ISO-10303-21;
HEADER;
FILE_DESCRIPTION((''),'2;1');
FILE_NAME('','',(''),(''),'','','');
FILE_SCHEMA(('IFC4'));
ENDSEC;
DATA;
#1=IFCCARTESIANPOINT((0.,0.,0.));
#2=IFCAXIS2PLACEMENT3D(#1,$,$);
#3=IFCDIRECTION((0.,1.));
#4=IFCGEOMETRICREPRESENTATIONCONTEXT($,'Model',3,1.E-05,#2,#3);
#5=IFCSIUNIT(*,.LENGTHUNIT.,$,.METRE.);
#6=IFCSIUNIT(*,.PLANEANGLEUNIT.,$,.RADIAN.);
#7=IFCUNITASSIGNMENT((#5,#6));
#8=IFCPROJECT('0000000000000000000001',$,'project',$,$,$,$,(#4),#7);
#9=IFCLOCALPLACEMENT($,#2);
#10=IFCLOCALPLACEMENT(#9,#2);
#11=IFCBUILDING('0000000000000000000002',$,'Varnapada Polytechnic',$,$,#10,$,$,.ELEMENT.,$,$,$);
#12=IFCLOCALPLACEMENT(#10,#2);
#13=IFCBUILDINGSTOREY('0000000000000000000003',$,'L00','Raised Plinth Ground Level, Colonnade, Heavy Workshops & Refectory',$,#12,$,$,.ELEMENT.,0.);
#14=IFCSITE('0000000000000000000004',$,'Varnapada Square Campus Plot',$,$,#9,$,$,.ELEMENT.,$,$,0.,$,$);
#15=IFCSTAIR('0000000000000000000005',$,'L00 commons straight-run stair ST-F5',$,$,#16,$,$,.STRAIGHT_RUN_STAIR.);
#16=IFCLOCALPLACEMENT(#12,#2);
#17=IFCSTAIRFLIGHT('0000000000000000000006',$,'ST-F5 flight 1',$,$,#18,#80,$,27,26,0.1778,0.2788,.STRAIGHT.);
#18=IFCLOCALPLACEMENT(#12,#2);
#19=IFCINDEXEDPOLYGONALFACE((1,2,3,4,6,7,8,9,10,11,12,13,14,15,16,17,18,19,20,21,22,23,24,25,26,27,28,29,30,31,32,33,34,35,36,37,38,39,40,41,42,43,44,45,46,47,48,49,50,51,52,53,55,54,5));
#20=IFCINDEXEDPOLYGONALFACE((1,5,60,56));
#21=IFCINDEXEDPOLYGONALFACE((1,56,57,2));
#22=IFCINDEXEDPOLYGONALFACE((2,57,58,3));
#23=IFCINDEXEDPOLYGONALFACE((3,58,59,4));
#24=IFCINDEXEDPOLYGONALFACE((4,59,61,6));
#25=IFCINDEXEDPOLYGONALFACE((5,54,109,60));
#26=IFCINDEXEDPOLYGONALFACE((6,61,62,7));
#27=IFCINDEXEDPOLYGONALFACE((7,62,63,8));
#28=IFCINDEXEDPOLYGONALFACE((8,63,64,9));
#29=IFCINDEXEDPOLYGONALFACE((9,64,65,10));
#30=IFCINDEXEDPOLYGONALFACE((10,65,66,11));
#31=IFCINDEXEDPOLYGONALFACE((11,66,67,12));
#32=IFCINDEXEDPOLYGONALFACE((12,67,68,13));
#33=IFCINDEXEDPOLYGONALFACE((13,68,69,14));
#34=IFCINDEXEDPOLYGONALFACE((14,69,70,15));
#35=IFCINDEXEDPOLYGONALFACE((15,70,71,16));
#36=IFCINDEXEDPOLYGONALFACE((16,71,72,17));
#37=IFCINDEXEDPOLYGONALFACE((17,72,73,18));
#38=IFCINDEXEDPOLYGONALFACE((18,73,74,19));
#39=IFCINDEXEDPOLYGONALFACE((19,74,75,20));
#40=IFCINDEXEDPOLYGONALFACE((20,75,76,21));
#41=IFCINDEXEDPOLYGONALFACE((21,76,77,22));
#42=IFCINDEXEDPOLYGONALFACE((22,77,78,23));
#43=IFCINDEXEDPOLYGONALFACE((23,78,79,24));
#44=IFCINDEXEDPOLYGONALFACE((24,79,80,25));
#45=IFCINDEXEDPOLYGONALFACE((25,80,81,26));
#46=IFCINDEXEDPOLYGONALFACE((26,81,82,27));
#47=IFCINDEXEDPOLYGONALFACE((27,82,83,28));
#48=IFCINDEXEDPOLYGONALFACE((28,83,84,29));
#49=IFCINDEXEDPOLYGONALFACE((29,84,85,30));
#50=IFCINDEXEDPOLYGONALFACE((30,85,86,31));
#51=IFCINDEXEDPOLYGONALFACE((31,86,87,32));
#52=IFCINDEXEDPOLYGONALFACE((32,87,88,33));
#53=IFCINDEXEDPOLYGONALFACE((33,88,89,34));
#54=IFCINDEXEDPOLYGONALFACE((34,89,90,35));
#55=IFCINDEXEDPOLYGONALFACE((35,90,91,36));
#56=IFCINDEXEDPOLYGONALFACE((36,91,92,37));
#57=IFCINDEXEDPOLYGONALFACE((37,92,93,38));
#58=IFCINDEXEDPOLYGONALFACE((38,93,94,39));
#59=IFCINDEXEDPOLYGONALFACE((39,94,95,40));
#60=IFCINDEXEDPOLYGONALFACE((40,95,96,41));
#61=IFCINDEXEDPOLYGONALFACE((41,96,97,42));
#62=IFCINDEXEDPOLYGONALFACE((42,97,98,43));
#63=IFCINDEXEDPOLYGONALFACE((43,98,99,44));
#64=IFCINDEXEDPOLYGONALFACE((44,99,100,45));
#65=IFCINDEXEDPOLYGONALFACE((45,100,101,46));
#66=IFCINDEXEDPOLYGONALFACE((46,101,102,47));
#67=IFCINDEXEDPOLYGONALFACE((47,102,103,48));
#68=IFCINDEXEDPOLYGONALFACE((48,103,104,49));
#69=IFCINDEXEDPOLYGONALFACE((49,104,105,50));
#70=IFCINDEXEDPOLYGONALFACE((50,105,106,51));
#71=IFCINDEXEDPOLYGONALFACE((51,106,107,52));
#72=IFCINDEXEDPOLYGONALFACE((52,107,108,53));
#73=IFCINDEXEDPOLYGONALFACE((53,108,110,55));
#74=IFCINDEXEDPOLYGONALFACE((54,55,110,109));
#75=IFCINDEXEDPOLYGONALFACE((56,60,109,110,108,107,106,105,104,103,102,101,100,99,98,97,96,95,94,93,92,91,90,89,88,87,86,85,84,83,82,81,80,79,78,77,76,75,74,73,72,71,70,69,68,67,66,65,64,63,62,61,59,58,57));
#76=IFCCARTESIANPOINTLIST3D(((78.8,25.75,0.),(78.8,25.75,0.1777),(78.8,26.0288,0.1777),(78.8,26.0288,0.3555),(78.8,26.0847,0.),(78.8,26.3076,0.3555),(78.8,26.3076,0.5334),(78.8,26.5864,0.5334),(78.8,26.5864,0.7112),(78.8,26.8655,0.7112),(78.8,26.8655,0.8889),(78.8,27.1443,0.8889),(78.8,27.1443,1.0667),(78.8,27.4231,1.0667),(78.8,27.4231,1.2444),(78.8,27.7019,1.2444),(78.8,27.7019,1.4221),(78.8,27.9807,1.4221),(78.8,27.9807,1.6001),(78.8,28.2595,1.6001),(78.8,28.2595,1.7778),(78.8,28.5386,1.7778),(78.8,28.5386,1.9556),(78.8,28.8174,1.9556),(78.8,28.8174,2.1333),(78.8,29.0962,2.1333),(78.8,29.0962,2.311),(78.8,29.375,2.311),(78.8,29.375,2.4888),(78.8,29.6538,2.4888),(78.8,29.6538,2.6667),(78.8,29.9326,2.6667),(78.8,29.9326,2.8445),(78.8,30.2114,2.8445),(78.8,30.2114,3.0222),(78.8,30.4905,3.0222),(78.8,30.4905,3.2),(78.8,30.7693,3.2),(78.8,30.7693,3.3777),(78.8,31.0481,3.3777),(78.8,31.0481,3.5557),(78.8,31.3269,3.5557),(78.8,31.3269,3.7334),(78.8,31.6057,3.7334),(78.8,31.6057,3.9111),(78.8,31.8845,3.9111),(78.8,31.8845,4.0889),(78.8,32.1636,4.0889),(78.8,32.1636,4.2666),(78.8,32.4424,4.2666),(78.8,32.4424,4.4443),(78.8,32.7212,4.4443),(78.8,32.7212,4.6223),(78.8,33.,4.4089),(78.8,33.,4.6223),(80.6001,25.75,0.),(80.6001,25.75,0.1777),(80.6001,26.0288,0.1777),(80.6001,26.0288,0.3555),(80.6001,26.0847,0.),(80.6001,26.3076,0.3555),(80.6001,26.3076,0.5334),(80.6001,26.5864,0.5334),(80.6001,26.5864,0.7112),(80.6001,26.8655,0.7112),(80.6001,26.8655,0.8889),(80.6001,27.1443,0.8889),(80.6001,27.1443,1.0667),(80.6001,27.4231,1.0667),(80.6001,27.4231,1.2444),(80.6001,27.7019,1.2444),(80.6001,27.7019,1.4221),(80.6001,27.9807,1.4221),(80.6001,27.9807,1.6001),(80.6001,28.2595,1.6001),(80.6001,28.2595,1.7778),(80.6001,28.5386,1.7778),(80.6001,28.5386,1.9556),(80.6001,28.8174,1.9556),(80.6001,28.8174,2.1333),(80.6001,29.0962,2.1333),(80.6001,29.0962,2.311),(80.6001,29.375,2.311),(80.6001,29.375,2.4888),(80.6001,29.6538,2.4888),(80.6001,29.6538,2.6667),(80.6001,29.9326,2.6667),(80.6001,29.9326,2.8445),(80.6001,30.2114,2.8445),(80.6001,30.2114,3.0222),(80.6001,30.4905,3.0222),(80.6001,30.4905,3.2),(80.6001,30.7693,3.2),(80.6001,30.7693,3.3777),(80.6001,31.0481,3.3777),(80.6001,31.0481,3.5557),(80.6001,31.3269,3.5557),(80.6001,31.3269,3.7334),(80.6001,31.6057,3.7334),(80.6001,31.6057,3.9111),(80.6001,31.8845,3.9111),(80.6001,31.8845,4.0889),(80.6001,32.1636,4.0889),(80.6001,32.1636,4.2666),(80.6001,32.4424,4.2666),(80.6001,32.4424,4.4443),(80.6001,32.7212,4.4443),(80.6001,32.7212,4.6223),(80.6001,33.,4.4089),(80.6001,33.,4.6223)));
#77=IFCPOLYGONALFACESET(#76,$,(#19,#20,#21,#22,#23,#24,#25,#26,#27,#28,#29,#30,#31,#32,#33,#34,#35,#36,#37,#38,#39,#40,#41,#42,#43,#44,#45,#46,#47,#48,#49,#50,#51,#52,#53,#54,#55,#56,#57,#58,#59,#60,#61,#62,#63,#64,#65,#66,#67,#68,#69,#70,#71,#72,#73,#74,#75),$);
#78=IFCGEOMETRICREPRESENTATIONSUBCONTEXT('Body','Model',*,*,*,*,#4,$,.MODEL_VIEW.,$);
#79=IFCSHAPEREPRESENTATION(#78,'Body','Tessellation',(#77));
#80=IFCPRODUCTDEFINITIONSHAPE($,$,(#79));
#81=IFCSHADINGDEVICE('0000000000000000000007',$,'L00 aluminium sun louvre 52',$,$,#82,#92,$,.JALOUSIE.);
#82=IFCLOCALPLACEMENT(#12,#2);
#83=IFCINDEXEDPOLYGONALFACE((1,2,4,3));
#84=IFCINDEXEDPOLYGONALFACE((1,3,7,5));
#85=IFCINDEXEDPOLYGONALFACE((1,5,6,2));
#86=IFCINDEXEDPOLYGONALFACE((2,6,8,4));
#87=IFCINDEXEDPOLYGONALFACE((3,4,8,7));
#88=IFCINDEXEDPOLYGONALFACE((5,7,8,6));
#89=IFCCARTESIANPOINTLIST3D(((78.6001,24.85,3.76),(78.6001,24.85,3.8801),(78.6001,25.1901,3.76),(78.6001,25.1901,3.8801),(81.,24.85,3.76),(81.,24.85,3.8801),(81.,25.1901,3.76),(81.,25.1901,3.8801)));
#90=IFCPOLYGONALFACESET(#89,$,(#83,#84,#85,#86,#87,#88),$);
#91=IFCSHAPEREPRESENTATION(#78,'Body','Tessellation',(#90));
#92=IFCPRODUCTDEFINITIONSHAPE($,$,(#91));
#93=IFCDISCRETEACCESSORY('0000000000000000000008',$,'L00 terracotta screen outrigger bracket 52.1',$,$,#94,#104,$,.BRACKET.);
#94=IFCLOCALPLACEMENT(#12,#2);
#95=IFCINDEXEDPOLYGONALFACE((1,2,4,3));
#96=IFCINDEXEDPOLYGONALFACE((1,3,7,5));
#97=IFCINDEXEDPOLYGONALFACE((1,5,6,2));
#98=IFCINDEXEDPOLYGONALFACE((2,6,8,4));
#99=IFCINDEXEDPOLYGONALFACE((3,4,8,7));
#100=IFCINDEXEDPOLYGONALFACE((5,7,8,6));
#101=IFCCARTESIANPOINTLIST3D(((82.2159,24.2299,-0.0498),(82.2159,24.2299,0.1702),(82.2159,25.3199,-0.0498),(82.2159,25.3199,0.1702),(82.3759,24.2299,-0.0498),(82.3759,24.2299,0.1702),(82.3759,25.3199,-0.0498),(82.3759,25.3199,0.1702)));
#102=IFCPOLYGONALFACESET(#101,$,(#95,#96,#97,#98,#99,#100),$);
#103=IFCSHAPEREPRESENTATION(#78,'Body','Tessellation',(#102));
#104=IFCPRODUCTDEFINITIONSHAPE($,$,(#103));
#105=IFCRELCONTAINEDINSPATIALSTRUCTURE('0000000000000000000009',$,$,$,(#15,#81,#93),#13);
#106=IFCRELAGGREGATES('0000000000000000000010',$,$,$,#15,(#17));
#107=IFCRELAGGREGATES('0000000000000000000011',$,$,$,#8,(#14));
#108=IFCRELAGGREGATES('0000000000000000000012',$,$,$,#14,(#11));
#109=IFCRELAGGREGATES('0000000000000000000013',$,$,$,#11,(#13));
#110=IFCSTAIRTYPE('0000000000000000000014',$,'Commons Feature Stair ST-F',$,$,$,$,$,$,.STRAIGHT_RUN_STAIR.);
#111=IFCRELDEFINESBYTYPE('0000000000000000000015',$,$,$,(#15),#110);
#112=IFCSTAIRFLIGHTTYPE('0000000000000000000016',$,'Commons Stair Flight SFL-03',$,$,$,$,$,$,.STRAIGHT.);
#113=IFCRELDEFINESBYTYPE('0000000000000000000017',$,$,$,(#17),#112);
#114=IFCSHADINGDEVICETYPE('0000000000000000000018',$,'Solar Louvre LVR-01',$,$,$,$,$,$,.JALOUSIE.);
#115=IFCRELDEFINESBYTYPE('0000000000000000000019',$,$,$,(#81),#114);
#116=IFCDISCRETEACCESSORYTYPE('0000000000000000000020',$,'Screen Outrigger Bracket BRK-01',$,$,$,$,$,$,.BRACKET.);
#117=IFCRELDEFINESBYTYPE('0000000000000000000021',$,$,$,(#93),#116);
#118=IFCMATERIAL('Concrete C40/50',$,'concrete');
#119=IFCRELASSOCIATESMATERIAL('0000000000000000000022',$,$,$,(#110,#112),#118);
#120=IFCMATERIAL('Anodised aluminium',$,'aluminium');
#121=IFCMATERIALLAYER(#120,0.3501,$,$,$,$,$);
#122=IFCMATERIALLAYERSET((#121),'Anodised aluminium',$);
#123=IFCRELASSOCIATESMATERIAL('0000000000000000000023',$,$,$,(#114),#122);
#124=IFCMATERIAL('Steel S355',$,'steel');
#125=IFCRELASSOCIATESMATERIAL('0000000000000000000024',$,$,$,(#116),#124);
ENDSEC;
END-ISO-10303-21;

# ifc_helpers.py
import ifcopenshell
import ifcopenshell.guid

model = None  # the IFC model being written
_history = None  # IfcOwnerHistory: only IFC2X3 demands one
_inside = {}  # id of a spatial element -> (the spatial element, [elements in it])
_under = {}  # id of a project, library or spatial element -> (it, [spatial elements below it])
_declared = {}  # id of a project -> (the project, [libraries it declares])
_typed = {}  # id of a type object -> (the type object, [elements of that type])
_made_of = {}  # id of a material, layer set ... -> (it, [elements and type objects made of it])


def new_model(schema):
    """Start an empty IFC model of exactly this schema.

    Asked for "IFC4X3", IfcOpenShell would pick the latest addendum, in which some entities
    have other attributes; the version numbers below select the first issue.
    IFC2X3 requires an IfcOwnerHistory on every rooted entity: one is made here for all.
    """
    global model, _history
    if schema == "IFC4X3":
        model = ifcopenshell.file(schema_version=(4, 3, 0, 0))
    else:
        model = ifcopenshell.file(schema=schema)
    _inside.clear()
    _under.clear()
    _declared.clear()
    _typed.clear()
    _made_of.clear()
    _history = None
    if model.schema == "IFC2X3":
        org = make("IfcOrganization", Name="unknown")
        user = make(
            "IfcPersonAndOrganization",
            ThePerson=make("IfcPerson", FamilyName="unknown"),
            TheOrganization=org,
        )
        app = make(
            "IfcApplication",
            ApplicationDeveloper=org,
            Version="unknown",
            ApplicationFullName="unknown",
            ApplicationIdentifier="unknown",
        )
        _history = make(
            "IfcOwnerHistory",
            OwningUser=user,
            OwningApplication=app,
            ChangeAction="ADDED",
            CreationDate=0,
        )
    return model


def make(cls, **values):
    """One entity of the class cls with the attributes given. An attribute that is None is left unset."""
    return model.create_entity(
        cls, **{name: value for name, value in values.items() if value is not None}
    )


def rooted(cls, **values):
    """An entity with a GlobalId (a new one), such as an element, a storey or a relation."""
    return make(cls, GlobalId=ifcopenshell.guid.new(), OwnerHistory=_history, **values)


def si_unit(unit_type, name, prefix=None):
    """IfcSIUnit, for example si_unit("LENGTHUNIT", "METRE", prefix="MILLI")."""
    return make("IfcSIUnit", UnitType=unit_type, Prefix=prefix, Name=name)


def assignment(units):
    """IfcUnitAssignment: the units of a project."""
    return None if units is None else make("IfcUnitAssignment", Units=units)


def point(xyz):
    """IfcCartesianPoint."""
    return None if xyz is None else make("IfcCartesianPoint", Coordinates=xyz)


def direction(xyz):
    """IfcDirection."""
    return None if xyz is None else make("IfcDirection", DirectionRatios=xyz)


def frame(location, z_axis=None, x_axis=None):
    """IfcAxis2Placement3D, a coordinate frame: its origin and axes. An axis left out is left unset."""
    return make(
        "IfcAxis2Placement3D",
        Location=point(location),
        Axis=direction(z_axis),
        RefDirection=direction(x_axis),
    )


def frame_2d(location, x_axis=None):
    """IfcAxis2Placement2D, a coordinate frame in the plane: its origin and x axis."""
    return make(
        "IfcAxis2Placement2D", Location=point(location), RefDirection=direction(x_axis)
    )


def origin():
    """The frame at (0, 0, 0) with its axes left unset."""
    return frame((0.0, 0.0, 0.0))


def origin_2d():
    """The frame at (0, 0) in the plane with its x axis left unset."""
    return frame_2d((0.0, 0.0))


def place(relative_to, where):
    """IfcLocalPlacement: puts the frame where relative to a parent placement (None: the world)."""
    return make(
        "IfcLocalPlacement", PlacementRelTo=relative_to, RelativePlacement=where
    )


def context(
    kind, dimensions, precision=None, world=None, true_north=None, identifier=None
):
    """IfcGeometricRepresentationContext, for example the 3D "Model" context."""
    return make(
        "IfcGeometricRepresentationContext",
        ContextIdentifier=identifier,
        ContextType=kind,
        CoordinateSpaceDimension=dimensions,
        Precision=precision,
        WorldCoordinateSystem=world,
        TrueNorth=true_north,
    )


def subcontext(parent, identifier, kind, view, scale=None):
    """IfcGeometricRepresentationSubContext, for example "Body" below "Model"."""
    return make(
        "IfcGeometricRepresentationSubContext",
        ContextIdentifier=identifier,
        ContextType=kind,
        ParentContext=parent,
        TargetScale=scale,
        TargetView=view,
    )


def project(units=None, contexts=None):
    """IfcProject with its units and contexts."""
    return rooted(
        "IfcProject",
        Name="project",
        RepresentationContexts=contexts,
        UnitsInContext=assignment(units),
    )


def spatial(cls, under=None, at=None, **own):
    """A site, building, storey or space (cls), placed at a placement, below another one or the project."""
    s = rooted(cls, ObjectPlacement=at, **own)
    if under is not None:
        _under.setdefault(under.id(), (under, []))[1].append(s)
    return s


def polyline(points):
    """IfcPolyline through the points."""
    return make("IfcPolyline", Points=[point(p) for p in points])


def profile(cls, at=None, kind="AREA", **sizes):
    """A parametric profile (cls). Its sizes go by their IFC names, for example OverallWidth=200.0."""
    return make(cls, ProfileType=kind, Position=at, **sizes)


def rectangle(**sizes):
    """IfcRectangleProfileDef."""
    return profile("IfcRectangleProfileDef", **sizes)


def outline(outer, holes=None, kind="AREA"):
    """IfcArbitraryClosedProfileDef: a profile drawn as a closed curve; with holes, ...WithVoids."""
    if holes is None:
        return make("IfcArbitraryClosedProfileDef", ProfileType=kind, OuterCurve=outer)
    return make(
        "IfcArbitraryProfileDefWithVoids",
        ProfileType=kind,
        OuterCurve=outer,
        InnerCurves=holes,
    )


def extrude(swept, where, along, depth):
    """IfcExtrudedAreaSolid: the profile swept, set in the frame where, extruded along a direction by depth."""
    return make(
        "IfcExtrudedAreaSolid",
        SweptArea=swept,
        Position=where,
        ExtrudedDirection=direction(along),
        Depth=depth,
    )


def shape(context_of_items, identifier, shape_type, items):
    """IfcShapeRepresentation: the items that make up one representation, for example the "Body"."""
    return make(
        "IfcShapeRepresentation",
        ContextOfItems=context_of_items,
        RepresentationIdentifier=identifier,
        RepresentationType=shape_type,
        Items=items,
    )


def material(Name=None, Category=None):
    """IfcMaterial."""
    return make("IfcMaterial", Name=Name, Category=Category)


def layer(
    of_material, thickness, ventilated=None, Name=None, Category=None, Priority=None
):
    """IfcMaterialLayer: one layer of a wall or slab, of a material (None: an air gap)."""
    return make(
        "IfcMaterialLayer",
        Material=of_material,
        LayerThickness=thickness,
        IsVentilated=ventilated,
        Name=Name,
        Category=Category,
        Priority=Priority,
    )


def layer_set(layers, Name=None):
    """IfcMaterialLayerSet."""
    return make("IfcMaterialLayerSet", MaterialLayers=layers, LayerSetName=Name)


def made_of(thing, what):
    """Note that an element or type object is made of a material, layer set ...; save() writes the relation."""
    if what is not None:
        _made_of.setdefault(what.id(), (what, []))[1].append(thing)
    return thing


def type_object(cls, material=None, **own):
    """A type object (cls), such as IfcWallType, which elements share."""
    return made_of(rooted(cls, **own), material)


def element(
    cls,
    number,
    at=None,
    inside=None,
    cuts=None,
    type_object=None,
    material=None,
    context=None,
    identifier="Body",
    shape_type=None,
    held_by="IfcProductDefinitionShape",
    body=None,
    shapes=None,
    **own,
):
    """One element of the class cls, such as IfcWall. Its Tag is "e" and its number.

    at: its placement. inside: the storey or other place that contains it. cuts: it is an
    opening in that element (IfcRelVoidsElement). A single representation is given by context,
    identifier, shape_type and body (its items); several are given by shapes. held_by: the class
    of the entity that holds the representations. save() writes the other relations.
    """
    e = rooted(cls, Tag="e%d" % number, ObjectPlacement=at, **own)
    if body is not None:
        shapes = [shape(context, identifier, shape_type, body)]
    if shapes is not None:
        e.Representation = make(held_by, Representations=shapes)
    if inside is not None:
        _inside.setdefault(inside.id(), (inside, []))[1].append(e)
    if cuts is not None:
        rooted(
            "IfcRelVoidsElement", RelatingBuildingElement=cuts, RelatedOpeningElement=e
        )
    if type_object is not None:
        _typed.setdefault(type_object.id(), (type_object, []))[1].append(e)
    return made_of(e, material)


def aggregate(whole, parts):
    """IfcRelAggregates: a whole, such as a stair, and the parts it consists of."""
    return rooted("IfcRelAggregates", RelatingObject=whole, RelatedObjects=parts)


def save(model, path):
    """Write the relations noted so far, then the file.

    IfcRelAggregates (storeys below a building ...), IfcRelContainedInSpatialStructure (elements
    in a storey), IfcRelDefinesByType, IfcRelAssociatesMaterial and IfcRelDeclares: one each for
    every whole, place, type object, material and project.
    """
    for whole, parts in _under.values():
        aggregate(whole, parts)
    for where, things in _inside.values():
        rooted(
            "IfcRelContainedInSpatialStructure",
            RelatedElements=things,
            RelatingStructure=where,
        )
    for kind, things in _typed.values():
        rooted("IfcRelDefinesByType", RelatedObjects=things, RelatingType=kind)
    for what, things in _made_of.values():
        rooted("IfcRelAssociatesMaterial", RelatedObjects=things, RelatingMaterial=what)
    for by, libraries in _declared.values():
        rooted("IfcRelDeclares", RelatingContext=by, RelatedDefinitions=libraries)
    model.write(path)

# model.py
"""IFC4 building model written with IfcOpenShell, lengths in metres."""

from ifc_helpers import new_model, si_unit, direction, frame, origin, origin_2d, place, context, subcontext, project, spatial, polyline, rectangle, outline, extrude, material, layer, layer_set, type_object, element, aggregate, save


model = new_model("IFC4")

# Units and contexts
model_context = context("Model", 3, precision=1e-05, world=origin(), true_north=direction((0.0, 1.0)))
body_context = subcontext(model_context, "Body", "Model", "MODEL_VIEW")
ifc_project = project(units=[si_unit("LENGTHUNIT", "METRE"), si_unit("PLANEANGLEUNIT", "RADIAN")], contexts=[model_context])

# Site, building, storey
site_placement = place(None, origin())
site = spatial("IfcSite", under=ifc_project, at=site_placement, Name="Varnapada Square Campus Plot", CompositionType="ELEMENT", RefElevation=0.0)
building_placement = place(site_placement, origin())
building = spatial("IfcBuilding", under=site, at=building_placement, Name="Varnapada Polytechnic", CompositionType="ELEMENT")
storey_placement = place(building_placement, origin())
storey = spatial("IfcBuildingStorey", under=building, at=storey_placement, Name="L00", Description="Raised Plinth Ground Level, Colonnade, Heavy Workshops & Refectory", CompositionType="ELEMENT", Elevation=0.0)

# Shared definitions
ifc_material_1 = material(Name="Concrete C40/50", Category="concrete")

# Stair, stair flight
stair_type = type_object("IfcStairType", Name="Commons Feature Stair ST-F", PredefinedType="STRAIGHT_RUN_STAIR", material=ifc_material_1)
stair_placement = place(storey_placement, origin())
stair = element("IfcStair", 1, at=stair_placement, inside=storey, type_object=stair_type, Name="L00 commons straight-run stair ST-F5", PredefinedType="STRAIGHT_RUN_STAIR")
stair_flight_type = type_object("IfcStairFlightType", Name="Commons Stair Flight SFL-03", PredefinedType="STRAIGHT", material=ifc_material_1)
stair_flight_placement = place(storey_placement, frame((79.7, 25.75, 0.0), z_axis=(0.0, 0.0, 1.0), x_axis=(0.0, 1.0, 0.0)))
stair_flight = element("IfcStairFlight", 2, at=stair_flight_placement, type_object=stair_flight_type, Name="ST-F5 flight 1", NumberOfRisers=27, NumberOfTreads=26, PredefinedType="STRAIGHT", RiserHeight=0.1778, TreadLength=0.2788, context=body_context, shape_type="SweptSolid", body=[
    extrude(outline(polyline([(0.0, 0.0), (0.0, 0.1777), (0.2788, 0.1777), (0.2788, 0.3555), (0.5576, 0.3555), (0.5576, 0.5334), (0.8364, 0.5334), (0.8364, 0.7112), (1.1155, 0.7112), (1.1155, 0.8889), (1.3943, 0.8889), (1.3943, 1.0667), (1.6731, 1.0667), (1.6731, 1.2444), (1.9519, 1.2444), (1.9519, 1.4221), (2.2307, 1.4221), (2.2307, 1.6001), (2.5095, 1.6001), (2.5095, 1.7778), (2.7886, 1.7778), (2.7886, 1.9556), (3.0674, 1.9556), (3.0674, 2.1333), (3.3462, 2.1333), (3.3462, 2.311), (3.625, 2.311), (3.625, 2.4888), (3.9038, 2.4888), (3.9038, 2.6667), (4.1826, 2.6667), (4.1826, 2.8445), (4.4614, 2.8445), (4.4614, 3.0222), (4.7405, 3.0222), (4.7405, 3.2), (5.0193, 3.2), (5.0193, 3.3777), (5.2981, 3.3777), (5.2981, 3.5557), (5.5769, 3.5557), (5.5769, 3.7334), (5.8557, 3.7334), (5.8557, 3.9111), (6.1345, 3.9111), (6.1345, 4.0889), (6.4136, 4.0889), (6.4136, 4.2666), (6.6924, 4.2666), (6.6924, 4.4443), (6.9712, 4.4443), (6.9712, 4.6223), (7.25, 4.6223), (7.25, 4.8), (7.25, 4.4089), (0.3347, 0.0), (0.0, 0.0)])), frame((0.0, 0.8999, 0.0), z_axis=(0.0, -1.0, 0.0), x_axis=(1.0, 0.0, 0.0)), (0.0, 0.0, 1.0), 1.8),
])
aggregate(stair, [stair_flight])

# Shading device
ifc_material_2 = material(Name="Anodised aluminium", Category="aluminium")
ifc_layer_1 = layer(ifc_material_2, 0.3501)
ifc_layer_set_1 = layer_set([ifc_layer_1], Name="Anodised aluminium")
shading_device_type = type_object("IfcShadingDeviceType", Name="Solar Louvre LVR-01", PredefinedType="JALOUSIE", material=ifc_layer_set_1)
shading_device_placement = place(storey_placement, frame((79.8, 25.02, 3.76), z_axis=(0.0, 0.0, 1.0), x_axis=(-1.0, 0.0, 0.0)))
element("IfcShadingDevice", 3, at=shading_device_placement, inside=storey, type_object=shading_device_type, Name="L00 aluminium sun louvre 52", PredefinedType="JALOUSIE", context=body_context, shape_type="SweptSolid", body=[
    extrude(rectangle(XDim=2.3999, YDim=0.3401, at=origin_2d()), origin(), (0.0, 0.0, 1.0), 0.1201),
])

# Discrete accessory
ifc_material_3 = material(Name="Steel S355", Category="steel")
discrete_accessory_type = type_object("IfcDiscreteAccessoryType", Name="Screen Outrigger Bracket BRK-01", PredefinedType="BRACKET", material=ifc_material_3)
discrete_accessory_placement = place(storey_placement, frame((82.2959, 24.7749, -0.0498), z_axis=(0.0, 0.0, 1.0), x_axis=(-1.0, 0.0, 0.0)))
element("IfcDiscreteAccessory", 4, at=discrete_accessory_placement, inside=storey, type_object=discrete_accessory_type, Name="L00 terracotta screen outrigger bracket 52.1", PredefinedType="BRACKET", context=body_context, shape_type="SweptSolid", body=[
    extrude(rectangle(XDim=0.1599, YDim=1.0901, at=origin_2d()), origin(), (0.0, 0.0, 1.0), 0.22),
])

save(model, "model.ifc")
